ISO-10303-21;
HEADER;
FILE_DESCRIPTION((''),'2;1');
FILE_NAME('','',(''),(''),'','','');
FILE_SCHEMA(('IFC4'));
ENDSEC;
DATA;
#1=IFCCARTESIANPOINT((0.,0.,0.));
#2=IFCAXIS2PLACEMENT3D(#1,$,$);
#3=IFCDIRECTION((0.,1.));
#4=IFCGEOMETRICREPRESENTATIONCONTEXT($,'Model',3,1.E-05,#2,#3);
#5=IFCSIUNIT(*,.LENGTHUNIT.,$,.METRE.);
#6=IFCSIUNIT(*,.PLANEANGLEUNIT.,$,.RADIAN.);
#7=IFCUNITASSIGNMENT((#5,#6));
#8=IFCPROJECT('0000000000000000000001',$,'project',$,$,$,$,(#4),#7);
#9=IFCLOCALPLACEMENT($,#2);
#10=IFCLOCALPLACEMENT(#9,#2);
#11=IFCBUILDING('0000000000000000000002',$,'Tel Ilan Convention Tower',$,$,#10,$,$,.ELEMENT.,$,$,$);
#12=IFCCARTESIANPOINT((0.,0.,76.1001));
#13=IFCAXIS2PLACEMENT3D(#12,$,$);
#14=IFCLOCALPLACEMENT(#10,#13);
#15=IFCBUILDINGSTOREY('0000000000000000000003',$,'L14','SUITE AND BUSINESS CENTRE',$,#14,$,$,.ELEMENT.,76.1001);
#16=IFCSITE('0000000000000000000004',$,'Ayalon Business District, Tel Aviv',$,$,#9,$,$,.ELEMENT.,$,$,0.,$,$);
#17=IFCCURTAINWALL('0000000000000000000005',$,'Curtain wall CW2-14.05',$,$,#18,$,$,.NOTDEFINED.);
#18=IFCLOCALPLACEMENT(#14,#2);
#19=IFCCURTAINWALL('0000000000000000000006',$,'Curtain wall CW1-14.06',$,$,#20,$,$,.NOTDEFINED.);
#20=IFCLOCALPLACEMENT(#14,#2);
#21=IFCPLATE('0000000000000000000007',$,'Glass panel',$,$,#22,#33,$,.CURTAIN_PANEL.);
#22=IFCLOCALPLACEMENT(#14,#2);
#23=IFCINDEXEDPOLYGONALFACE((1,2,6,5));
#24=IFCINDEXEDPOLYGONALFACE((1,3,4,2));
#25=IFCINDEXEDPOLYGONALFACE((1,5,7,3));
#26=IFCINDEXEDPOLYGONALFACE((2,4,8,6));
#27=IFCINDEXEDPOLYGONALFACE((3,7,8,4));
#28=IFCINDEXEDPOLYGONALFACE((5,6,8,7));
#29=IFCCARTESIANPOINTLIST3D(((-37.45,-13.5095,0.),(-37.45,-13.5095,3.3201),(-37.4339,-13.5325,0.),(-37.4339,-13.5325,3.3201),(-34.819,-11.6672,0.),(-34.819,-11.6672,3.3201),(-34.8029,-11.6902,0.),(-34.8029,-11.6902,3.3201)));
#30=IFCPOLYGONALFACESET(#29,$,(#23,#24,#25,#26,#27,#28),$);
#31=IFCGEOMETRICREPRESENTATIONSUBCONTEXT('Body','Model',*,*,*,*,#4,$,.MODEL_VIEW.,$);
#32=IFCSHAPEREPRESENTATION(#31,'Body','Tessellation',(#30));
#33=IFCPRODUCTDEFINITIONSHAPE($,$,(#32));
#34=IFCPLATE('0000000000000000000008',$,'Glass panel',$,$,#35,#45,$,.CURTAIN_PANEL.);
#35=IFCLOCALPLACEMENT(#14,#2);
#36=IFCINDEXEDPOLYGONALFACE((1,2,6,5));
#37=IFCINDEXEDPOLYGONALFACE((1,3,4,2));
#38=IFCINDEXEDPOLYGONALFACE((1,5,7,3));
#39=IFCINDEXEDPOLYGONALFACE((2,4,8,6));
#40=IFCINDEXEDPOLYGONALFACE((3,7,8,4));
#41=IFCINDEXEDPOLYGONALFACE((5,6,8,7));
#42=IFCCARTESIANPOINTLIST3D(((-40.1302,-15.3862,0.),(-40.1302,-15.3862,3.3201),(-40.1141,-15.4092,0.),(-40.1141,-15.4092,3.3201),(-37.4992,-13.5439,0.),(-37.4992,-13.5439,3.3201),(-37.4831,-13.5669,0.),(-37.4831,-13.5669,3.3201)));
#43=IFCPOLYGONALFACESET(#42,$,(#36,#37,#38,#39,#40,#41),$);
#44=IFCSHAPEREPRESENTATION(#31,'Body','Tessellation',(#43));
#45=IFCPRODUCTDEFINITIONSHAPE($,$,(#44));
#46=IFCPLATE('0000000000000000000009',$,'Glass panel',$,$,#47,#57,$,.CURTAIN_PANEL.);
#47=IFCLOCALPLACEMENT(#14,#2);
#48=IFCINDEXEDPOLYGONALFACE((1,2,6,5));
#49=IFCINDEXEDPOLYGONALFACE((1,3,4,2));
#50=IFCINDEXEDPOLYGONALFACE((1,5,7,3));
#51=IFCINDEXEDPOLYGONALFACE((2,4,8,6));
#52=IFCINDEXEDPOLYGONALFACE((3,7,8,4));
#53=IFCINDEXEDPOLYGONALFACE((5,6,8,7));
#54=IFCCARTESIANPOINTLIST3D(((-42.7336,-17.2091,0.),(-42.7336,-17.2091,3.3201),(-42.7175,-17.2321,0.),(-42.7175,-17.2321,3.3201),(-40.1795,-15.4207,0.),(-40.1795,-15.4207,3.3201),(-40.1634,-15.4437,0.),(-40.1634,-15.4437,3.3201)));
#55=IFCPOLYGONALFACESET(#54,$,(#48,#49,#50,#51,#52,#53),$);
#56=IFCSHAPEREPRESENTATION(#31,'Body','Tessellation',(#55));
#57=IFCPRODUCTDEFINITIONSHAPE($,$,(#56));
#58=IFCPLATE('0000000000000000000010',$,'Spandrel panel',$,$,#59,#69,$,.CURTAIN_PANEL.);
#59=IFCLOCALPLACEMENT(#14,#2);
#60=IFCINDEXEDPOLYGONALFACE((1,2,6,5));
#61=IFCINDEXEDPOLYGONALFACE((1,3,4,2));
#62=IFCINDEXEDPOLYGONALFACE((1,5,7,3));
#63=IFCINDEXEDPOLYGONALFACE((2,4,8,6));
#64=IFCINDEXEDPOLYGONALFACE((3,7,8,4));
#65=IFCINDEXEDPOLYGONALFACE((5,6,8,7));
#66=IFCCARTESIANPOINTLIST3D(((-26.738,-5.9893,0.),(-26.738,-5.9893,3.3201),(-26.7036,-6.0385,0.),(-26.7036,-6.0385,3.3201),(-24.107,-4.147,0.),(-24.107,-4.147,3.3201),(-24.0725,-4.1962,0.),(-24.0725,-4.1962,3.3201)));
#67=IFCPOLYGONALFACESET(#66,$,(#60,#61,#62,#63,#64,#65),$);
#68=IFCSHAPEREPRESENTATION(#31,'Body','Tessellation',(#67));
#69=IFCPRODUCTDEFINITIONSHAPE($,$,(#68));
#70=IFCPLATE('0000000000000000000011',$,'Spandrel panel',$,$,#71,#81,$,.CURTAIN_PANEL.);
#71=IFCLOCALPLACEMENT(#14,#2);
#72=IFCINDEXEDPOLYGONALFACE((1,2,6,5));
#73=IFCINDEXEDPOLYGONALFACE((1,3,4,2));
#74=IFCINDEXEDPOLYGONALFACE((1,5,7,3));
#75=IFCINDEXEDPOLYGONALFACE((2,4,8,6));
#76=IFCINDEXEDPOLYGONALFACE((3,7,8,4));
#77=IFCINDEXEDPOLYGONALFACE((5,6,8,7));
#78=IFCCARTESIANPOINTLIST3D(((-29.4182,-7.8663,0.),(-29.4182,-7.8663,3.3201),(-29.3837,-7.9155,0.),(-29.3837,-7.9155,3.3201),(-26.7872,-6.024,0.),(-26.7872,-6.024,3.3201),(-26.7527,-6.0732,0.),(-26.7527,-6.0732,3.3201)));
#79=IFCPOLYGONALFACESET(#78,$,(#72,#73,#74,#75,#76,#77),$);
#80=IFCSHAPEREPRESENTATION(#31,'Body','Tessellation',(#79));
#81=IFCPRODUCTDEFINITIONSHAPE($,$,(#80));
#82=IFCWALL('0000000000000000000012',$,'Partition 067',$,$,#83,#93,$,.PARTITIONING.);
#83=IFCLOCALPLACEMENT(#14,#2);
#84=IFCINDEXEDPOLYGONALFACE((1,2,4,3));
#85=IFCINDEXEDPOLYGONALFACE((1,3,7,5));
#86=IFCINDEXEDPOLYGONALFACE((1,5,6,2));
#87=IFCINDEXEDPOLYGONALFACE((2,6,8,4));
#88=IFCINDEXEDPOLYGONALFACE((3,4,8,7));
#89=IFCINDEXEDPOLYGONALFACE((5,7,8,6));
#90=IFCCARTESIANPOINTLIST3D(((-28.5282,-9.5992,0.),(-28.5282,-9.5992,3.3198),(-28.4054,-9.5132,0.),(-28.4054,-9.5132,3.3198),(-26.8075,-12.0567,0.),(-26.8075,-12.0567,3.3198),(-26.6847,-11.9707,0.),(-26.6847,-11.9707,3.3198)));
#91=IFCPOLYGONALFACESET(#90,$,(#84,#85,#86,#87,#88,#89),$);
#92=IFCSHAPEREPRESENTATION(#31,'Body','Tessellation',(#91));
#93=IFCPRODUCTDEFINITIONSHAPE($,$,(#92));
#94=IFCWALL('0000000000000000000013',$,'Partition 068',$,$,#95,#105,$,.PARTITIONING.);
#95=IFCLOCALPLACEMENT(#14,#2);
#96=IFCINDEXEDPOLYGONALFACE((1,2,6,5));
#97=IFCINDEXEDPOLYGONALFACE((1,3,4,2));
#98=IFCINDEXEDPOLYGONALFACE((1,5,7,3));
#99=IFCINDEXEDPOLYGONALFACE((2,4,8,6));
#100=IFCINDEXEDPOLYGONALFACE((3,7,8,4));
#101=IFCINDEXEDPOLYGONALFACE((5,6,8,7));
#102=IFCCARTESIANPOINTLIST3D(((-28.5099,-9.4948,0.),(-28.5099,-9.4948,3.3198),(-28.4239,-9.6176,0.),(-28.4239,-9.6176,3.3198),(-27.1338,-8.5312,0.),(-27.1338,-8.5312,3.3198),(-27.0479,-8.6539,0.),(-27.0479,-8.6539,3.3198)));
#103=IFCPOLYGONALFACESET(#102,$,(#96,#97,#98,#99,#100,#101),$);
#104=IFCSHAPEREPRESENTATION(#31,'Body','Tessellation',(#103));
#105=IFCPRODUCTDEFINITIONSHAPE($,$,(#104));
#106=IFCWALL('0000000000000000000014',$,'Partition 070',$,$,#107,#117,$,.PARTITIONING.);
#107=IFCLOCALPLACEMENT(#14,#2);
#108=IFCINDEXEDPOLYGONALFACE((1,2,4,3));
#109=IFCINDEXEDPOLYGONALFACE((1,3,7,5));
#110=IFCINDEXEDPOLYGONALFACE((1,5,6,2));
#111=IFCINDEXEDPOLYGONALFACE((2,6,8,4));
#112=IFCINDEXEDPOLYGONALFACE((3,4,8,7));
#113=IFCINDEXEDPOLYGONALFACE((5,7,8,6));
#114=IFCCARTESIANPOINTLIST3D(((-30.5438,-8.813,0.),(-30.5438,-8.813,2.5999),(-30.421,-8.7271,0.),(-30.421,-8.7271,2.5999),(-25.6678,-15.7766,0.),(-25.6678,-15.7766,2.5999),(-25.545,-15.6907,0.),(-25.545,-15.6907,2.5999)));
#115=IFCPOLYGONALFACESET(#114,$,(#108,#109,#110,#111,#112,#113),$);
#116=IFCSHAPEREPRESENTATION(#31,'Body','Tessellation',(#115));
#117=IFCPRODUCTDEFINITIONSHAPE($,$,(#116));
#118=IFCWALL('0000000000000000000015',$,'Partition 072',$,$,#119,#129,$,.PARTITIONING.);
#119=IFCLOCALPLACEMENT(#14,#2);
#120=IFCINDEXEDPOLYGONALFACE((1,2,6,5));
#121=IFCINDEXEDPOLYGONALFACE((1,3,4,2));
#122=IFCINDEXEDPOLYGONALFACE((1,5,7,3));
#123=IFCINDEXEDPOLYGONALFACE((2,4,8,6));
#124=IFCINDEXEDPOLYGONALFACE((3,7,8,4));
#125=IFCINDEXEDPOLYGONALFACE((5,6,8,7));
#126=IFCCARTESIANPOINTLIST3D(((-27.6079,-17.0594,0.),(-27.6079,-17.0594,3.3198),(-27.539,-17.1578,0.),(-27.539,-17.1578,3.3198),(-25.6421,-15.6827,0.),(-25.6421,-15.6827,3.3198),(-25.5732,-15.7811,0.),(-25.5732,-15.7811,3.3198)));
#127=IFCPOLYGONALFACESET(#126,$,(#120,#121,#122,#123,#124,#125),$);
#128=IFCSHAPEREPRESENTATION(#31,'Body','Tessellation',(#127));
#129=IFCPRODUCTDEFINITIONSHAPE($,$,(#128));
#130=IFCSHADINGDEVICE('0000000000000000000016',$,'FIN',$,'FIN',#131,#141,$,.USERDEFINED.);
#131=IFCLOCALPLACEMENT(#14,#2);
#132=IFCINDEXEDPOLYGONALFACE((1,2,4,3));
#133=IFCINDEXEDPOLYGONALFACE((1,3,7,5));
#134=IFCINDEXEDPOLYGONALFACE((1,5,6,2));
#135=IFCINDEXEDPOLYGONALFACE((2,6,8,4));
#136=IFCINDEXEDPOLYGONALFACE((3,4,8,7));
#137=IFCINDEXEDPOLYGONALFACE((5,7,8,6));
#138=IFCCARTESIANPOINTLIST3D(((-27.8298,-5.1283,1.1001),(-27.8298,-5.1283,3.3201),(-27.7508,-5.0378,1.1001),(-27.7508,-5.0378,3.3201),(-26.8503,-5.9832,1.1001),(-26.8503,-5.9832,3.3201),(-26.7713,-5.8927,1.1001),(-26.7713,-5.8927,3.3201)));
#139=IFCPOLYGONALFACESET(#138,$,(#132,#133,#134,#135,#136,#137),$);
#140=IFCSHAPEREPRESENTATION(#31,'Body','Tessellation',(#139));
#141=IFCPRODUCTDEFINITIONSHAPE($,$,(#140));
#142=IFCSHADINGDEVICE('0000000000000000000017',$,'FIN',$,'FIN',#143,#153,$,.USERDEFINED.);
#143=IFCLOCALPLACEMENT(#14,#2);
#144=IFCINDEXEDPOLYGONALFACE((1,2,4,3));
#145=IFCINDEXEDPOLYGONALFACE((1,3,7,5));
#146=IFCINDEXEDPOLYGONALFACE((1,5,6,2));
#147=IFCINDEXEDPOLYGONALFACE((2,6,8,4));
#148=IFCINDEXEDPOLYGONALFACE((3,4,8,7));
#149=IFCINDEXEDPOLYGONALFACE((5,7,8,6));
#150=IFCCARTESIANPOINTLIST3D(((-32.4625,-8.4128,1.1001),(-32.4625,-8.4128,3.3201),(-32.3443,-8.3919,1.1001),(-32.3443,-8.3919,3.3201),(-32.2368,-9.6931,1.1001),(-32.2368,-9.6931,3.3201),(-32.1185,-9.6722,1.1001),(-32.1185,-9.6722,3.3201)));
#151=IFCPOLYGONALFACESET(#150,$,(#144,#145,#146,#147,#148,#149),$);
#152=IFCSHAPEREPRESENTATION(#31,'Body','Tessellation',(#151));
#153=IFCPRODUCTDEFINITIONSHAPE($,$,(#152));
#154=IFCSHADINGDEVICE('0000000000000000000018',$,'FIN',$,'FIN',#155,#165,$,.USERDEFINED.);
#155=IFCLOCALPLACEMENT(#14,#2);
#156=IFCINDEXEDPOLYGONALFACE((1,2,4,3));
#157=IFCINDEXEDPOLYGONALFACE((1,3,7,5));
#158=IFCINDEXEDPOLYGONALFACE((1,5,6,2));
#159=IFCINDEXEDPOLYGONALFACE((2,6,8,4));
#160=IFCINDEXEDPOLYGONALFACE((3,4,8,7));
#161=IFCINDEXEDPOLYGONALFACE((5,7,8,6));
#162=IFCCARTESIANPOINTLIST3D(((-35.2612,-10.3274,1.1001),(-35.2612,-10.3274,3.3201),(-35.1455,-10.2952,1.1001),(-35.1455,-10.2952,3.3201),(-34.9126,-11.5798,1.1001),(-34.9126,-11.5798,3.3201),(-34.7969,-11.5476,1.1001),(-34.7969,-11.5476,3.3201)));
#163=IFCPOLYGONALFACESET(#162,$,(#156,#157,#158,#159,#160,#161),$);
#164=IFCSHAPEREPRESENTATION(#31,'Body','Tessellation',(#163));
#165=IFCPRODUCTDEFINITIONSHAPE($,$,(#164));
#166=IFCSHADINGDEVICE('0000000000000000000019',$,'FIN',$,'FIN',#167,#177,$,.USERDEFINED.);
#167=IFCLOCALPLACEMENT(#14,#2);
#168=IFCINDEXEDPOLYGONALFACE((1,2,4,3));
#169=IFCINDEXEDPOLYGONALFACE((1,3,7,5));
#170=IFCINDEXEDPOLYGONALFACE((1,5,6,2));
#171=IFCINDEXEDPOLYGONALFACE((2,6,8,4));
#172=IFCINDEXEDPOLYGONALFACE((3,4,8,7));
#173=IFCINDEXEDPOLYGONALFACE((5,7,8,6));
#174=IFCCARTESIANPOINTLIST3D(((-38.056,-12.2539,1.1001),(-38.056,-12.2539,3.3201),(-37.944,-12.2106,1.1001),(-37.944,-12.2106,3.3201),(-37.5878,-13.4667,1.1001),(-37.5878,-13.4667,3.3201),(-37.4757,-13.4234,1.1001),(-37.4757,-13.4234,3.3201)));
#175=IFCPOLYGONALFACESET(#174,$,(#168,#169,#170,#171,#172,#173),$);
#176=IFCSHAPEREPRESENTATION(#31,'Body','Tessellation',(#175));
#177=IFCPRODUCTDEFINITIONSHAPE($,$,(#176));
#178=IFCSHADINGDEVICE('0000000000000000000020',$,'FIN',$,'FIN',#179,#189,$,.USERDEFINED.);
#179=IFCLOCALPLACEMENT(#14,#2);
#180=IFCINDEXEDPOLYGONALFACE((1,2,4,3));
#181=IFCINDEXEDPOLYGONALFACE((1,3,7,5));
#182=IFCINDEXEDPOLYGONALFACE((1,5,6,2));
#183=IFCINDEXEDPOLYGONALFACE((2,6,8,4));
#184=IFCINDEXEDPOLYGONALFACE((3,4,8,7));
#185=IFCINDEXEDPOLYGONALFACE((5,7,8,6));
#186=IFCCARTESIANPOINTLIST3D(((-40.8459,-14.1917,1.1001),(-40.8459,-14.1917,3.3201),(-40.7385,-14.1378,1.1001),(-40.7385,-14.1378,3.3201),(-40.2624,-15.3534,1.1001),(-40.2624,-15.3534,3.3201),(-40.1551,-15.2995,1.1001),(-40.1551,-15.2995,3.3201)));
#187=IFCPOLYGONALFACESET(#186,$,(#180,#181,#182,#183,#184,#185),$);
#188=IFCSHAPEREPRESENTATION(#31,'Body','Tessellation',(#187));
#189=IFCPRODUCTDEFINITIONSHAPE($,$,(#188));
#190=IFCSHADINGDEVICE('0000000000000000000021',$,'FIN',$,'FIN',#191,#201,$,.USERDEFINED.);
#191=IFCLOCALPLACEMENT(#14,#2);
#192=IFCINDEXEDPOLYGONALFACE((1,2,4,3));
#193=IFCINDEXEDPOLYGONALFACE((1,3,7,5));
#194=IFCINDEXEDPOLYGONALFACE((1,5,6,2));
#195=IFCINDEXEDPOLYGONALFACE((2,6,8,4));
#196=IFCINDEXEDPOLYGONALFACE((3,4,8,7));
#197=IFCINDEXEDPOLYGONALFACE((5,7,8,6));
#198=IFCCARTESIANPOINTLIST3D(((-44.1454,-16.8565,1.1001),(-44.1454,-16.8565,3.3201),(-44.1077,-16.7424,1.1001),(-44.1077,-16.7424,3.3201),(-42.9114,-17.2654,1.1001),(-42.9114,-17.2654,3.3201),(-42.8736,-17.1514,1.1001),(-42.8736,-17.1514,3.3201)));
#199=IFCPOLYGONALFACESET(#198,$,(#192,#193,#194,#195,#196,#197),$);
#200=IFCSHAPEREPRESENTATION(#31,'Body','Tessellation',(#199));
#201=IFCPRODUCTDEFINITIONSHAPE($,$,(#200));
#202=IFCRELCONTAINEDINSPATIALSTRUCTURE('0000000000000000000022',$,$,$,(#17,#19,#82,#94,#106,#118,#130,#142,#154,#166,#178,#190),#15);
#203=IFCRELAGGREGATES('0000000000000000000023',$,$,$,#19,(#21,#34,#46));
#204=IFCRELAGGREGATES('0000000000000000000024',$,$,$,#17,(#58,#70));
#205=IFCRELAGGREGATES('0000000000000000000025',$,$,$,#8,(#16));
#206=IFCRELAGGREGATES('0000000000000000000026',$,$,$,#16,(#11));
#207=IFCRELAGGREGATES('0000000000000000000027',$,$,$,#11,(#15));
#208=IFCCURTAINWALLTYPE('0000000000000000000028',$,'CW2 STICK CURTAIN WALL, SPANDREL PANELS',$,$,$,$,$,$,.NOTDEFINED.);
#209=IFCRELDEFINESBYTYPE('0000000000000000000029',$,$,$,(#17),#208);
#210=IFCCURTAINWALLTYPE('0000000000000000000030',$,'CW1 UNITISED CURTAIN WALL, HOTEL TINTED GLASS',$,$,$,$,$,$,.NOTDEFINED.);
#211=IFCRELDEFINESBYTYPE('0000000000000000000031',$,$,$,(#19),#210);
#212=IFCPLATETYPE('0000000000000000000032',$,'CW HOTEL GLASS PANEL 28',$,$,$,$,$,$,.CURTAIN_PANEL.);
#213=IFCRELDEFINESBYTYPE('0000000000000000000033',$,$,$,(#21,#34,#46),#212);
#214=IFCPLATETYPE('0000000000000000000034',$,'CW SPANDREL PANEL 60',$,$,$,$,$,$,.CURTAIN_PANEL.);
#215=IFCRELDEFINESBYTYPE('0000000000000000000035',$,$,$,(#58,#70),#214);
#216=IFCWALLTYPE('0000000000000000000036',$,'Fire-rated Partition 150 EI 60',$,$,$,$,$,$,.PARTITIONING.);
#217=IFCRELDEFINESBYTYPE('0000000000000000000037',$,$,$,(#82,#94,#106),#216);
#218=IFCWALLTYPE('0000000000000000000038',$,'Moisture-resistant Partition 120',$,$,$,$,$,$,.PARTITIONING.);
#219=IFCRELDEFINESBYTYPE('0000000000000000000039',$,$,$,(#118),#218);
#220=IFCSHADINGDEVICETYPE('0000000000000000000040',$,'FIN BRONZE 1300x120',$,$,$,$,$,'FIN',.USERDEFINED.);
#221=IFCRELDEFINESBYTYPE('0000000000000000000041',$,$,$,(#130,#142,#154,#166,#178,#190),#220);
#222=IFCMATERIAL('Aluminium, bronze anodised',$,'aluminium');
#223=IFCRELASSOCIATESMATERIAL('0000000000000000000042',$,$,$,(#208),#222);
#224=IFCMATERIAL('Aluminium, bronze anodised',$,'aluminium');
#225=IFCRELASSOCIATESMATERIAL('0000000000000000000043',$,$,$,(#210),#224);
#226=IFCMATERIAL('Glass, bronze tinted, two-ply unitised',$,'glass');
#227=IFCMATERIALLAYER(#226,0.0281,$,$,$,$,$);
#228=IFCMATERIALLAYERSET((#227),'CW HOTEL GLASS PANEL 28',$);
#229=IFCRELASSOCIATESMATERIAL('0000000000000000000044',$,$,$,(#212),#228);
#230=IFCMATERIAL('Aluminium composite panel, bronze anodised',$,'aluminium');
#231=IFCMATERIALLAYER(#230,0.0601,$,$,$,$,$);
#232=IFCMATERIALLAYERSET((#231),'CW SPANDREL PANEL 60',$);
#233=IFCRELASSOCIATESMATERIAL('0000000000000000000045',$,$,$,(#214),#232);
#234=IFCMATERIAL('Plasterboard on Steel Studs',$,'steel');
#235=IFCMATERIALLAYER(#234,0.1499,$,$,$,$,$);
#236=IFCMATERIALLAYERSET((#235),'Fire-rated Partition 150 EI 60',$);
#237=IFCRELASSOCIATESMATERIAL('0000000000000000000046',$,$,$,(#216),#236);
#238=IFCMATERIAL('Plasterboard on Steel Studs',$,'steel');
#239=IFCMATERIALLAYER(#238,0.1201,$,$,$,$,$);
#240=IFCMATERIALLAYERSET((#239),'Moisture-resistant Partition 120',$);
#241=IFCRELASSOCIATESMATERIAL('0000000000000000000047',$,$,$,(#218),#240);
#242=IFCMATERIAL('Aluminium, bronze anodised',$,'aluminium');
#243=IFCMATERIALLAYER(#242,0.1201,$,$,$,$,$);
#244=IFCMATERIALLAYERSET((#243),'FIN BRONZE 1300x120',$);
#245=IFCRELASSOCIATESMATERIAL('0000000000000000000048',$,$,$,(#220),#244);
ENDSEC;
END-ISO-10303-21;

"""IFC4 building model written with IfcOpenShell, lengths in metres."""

from ifc_helpers import new_model, si_unit, direction, frame, frame_2d, origin, origin_2d, place, context, subcontext, project, spatial, rectangle, extrude, material, layer, layer_set, type_object, element, aggregate, save


model = new_model("IFC4")

# Units and contexts
model_context = context("Model", 3, precision=1e-05, world=origin(), true_north=direction((0.0, 1.0)))
body_context = subcontext(model_context, "Body", "Model", "MODEL_VIEW")
ifc_project = project(units=[si_unit("LENGTHUNIT", "METRE"), si_unit("PLANEANGLEUNIT", "RADIAN")], contexts=[model_context])

# Site, building, storey
site_placement = place(None, origin())
site = spatial("IfcSite", under=ifc_project, at=site_placement, Name="Ayalon Business District, Tel Aviv", CompositionType="ELEMENT", RefElevation=0.0)
building_placement = place(site_placement, origin())
building = spatial("IfcBuilding", under=site, at=building_placement, Name="Tel Ilan Convention Tower", CompositionType="ELEMENT")
storey_placement = place(building_placement, frame((0.0, 0.0, 76.1001)))
storey = spatial("IfcBuildingStorey", under=building, at=storey_placement, Name="L14", Description="SUITE AND BUSINESS CENTRE", CompositionType="ELEMENT", Elevation=76.1001)

# Curtain wall
ifc_material_1 = material(Name="Aluminium, bronze anodised", Category="aluminium")
curtain_wall_type_1 = type_object("IfcCurtainWallType", Name="CW2 STICK CURTAIN WALL, SPANDREL PANELS", PredefinedType="NOTDEFINED", material=ifc_material_1)
curtain_wall_1_placement = place(storey_placement, origin())
curtain_wall_1 = element("IfcCurtainWall", 1, at=curtain_wall_1_placement, inside=storey, type_object=curtain_wall_type_1, Name="Curtain wall CW2-14.05", PredefinedType="NOTDEFINED")

# Curtain wall, plates
ifc_material_2 = material(Name="Aluminium, bronze anodised", Category="aluminium")
curtain_wall_type_2 = type_object("IfcCurtainWallType", Name="CW1 UNITISED CURTAIN WALL, HOTEL TINTED GLASS", PredefinedType="NOTDEFINED", material=ifc_material_2)
curtain_wall_2_placement = place(storey_placement, origin())
curtain_wall_2 = element("IfcCurtainWall", 2, at=curtain_wall_2_placement, inside=storey, type_object=curtain_wall_type_2, Name="Curtain wall CW1-14.06", PredefinedType="NOTDEFINED")
ifc_material_3 = material(Name="Glass, bronze tinted, two-ply unitised", Category="glass")
ifc_layer_1 = layer(ifc_material_3, 0.0281)
ifc_layer_set_1 = layer_set([ifc_layer_1], Name="CW HOTEL GLASS PANEL 28")
plate_type_1 = type_object("IfcPlateType", Name="CW HOTEL GLASS PANEL 28", PredefinedType="CURTAIN_PANEL", material=ifc_layer_set_1)
plate_1_placement = place(storey_placement, frame((-36.1265, -12.5999, 0.0), z_axis=(0.0, 0.0, 1.0), x_axis=(-0.819152, -0.573576, 0.0)))
plate_1 = element("IfcPlate", 3, at=plate_1_placement, type_object=plate_type_1, Name="Glass panel", PredefinedType="CURTAIN_PANEL", context=body_context, shape_type="SweptSolid", body=[
    extrude(rectangle(XDim=3.2119, YDim=0.0281, at=origin_2d()), origin(), (0.0, 0.0, 1.0), 3.3201),
])
plate_2_placement = place(storey_placement, frame((-38.8066, -14.4766, 0.0), z_axis=(0.0, 0.0, 1.0), x_axis=(-0.819152, -0.573576, 0.0)))
plate_2 = element("IfcPlate", 4, at=plate_2_placement, type_object=plate_type_1, Name="Glass panel", PredefinedType="CURTAIN_PANEL", context=body_context, shape_type="SweptSolid", body=[
    extrude(rectangle(XDim=3.2119, YDim=0.0281, at=origin_2d()), origin(), (0.0, 0.0, 1.0), 3.3201),
])
plate_3_placement = place(storey_placement, frame((-41.4485, -16.3264, 0.0), z_axis=(0.0, 0.0, 1.0), x_axis=(-0.819152, -0.573576, 0.0)))
plate_3 = element("IfcPlate", 5, at=plate_3_placement, type_object=plate_type_1, Name="Glass panel", PredefinedType="CURTAIN_PANEL", context=body_context, shape_type="SweptSolid", body=[
    extrude(rectangle(XDim=3.1179, YDim=0.0281, at=origin_2d()), origin(), (0.0, 0.0, 1.0), 3.3201),
])
aggregate(curtain_wall_2, [plate_1, plate_2, plate_3])

# Plates
ifc_material_4 = material(Name="Aluminium composite panel, bronze anodised", Category="aluminium")
ifc_layer_2 = layer(ifc_material_4, 0.0601)
ifc_layer_set_2 = layer_set([ifc_layer_2], Name="CW SPANDREL PANEL 60")
plate_type_2 = type_object("IfcPlateType", Name="CW SPANDREL PANEL 60", PredefinedType="CURTAIN_PANEL", material=ifc_layer_set_2)
plate_4_placement = place(storey_placement, frame((-25.4053, -5.0928, 0.0), z_axis=(0.0, 0.0, 1.0), x_axis=(-0.819152, -0.573576, 0.0)))
plate_4 = element("IfcPlate", 6, at=plate_4_placement, type_object=plate_type_2, Name="Spandrel panel", PredefinedType="CURTAIN_PANEL", context=body_context, shape_type="SweptSolid", body=[
    extrude(rectangle(XDim=3.2119, YDim=0.0601, at=origin_2d()), origin(), (0.0, 0.0, 1.0), 3.3201),
])
plate_5_placement = place(storey_placement, frame((-28.0854, -6.9697, 0.0), z_axis=(0.0, 0.0, 1.0), x_axis=(-0.819152, -0.573576, 0.0)))
plate_5 = element("IfcPlate", 7, at=plate_5_placement, type_object=plate_type_2, Name="Spandrel panel", PredefinedType="CURTAIN_PANEL", context=body_context, shape_type="SweptSolid", body=[
    extrude(rectangle(XDim=3.2119, YDim=0.0601, at=origin_2d()), origin(), (0.0, 0.0, 1.0), 3.3201),
])
aggregate(curtain_wall_1, [plate_4, plate_5])

# Walls
ifc_material_5 = material(Name="Plasterboard on Steel Studs", Category="steel")
ifc_layer_3 = layer(ifc_material_5, 0.1499)
ifc_layer_set_3 = layer_set([ifc_layer_3], Name="Fire-rated Partition 150 EI 60")
wall_type_1 = type_object("IfcWallType", Name="Fire-rated Partition 150 EI 60", PredefinedType="PARTITIONING", material=ifc_layer_set_3)
wall_1_placement = place(storey_placement, frame((-26.7461, -12.0137, 0.0), z_axis=(0.0, 0.0, 1.0), x_axis=(-0.573561, 0.819163, 0.0)))
element("IfcWall", 8, at=wall_1_placement, inside=storey, type_object=wall_type_1, Name="Partition 067", PredefinedType="PARTITIONING", context=body_context, shape_type="SweptSolid", body=[
    extrude(rectangle(XDim=3.0, YDim=0.1499, at=frame_2d((1.5, 0.0))), origin(), (0.0, 0.0, 1.0), 3.3198),
])
wall_2_placement = place(storey_placement, frame((-28.4668, -9.5562, 0.0), z_axis=(0.0, 0.0, 1.0), x_axis=(0.819109, 0.573638, 0.0)))
element("IfcWall", 9, at=wall_2_placement, inside=storey, type_object=wall_type_1, Name="Partition 068", PredefinedType="PARTITIONING", context=body_context, shape_type="SweptSolid", body=[
    extrude(rectangle(XDim=1.6799, YDim=0.1499, at=frame_2d((0.8398, 0.0))), origin(), (0.0, 0.0, 1.0), 3.3198),
])
wall_3_placement = place(storey_placement, frame((-25.6064, -15.7336, 0.0), z_axis=(0.0, 0.0, 1.0), x_axis=(-0.573576, 0.819152, 0.0)))
element("IfcWall", 10, at=wall_3_placement, inside=storey, type_object=wall_type_1, Name="Partition 070", PredefinedType="PARTITIONING", context=body_context, shape_type="SweptSolid", body=[
    extrude(rectangle(XDim=8.501, YDim=0.1499, at=frame_2d((4.2505, 0.0))), origin(), (0.0, 0.0, 1.0), 2.5999),
])
ifc_material_6 = material(Name="Plasterboard on Steel Studs", Category="steel")
ifc_layer_4 = layer(ifc_material_6, 0.1201)
ifc_layer_set_4 = layer_set([ifc_layer_4], Name="Moisture-resistant Partition 120")
wall_type_2 = type_object("IfcWallType", Name="Moisture-resistant Partition 120", PredefinedType="PARTITIONING", material=ifc_layer_set_4)
wall_4_placement = place(storey_placement, frame((-25.6077, -15.7319, 0.0), z_axis=(0.0, 0.0, 1.0), x_axis=(-0.819108, -0.57364, 0.0)))
element("IfcWall", 11, at=wall_4_placement, inside=storey, type_object=wall_type_2, Name="Partition 072", PredefinedType="PARTITIONING", context=body_context, shape_type="SweptSolid", body=[
    extrude(rectangle(XDim=2.3999, YDim=0.1201, at=frame_2d((1.2, 0.0))), origin(), (0.0, 0.0, 1.0), 3.3198),
])

# Shading devices
ifc_material_7 = material(Name="Aluminium, bronze anodised", Category="aluminium")
ifc_layer_5 = layer(ifc_material_7, 0.1201)
ifc_layer_set_5 = layer_set([ifc_layer_5], Name="FIN BRONZE 1300x120")
shading_device_type = type_object("IfcShadingDeviceType", Name="FIN BRONZE 1300x120", ElementType="FIN", PredefinedType="USERDEFINED", material=ifc_layer_set_5)
for number, where, z_axis, x_axis, name in (
    (12, (-27.3005, -5.5105, 1.1001), (0.0, 0.0, 1.0), (-0.753436, 0.657521, 0.0), "FIN"),
    (13, (-32.2905, -9.0425, 1.1001), (0.0, 0.0, 1.0), (-0.173648, 0.984808, 0.0), "FIN"),
    (14, (-35.0291, -10.9375, 1.1001), (0.0, 0.0, 1.0), (-0.268173, 0.963371, 0.0), "FIN"),
    (15, (-37.7659, -12.8386, 1.1001), (0.0, 0.0, 1.0), (-0.360178, 0.932884, 0.0), "FIN"),
    (16, (-40.5005, -14.7456, 1.1001), (0.0, 0.0, 1.0), (-0.448799, 0.893633, 0.0), "FIN"),
    (17, (-43.5095, -17.0039, 1.1001), (0.0, 0.0, 1.0), (-0.949243, 0.314545, 0.0), "FIN"),
):
    element("IfcShadingDevice", number, at=place(storey_placement, frame(where, z_axis=z_axis, x_axis=x_axis)), inside=storey, type_object=shading_device_type, Name=name, ObjectType="FIN", PredefinedType="USERDEFINED", context=body_context, shape_type="SweptSolid", body=[
        extrude(rectangle(XDim=1.3, YDim=0.1201, at=origin_2d()), origin(), (0.0, 0.0, 1.0), 2.22),
    ])

save(model, "model.ifc")
